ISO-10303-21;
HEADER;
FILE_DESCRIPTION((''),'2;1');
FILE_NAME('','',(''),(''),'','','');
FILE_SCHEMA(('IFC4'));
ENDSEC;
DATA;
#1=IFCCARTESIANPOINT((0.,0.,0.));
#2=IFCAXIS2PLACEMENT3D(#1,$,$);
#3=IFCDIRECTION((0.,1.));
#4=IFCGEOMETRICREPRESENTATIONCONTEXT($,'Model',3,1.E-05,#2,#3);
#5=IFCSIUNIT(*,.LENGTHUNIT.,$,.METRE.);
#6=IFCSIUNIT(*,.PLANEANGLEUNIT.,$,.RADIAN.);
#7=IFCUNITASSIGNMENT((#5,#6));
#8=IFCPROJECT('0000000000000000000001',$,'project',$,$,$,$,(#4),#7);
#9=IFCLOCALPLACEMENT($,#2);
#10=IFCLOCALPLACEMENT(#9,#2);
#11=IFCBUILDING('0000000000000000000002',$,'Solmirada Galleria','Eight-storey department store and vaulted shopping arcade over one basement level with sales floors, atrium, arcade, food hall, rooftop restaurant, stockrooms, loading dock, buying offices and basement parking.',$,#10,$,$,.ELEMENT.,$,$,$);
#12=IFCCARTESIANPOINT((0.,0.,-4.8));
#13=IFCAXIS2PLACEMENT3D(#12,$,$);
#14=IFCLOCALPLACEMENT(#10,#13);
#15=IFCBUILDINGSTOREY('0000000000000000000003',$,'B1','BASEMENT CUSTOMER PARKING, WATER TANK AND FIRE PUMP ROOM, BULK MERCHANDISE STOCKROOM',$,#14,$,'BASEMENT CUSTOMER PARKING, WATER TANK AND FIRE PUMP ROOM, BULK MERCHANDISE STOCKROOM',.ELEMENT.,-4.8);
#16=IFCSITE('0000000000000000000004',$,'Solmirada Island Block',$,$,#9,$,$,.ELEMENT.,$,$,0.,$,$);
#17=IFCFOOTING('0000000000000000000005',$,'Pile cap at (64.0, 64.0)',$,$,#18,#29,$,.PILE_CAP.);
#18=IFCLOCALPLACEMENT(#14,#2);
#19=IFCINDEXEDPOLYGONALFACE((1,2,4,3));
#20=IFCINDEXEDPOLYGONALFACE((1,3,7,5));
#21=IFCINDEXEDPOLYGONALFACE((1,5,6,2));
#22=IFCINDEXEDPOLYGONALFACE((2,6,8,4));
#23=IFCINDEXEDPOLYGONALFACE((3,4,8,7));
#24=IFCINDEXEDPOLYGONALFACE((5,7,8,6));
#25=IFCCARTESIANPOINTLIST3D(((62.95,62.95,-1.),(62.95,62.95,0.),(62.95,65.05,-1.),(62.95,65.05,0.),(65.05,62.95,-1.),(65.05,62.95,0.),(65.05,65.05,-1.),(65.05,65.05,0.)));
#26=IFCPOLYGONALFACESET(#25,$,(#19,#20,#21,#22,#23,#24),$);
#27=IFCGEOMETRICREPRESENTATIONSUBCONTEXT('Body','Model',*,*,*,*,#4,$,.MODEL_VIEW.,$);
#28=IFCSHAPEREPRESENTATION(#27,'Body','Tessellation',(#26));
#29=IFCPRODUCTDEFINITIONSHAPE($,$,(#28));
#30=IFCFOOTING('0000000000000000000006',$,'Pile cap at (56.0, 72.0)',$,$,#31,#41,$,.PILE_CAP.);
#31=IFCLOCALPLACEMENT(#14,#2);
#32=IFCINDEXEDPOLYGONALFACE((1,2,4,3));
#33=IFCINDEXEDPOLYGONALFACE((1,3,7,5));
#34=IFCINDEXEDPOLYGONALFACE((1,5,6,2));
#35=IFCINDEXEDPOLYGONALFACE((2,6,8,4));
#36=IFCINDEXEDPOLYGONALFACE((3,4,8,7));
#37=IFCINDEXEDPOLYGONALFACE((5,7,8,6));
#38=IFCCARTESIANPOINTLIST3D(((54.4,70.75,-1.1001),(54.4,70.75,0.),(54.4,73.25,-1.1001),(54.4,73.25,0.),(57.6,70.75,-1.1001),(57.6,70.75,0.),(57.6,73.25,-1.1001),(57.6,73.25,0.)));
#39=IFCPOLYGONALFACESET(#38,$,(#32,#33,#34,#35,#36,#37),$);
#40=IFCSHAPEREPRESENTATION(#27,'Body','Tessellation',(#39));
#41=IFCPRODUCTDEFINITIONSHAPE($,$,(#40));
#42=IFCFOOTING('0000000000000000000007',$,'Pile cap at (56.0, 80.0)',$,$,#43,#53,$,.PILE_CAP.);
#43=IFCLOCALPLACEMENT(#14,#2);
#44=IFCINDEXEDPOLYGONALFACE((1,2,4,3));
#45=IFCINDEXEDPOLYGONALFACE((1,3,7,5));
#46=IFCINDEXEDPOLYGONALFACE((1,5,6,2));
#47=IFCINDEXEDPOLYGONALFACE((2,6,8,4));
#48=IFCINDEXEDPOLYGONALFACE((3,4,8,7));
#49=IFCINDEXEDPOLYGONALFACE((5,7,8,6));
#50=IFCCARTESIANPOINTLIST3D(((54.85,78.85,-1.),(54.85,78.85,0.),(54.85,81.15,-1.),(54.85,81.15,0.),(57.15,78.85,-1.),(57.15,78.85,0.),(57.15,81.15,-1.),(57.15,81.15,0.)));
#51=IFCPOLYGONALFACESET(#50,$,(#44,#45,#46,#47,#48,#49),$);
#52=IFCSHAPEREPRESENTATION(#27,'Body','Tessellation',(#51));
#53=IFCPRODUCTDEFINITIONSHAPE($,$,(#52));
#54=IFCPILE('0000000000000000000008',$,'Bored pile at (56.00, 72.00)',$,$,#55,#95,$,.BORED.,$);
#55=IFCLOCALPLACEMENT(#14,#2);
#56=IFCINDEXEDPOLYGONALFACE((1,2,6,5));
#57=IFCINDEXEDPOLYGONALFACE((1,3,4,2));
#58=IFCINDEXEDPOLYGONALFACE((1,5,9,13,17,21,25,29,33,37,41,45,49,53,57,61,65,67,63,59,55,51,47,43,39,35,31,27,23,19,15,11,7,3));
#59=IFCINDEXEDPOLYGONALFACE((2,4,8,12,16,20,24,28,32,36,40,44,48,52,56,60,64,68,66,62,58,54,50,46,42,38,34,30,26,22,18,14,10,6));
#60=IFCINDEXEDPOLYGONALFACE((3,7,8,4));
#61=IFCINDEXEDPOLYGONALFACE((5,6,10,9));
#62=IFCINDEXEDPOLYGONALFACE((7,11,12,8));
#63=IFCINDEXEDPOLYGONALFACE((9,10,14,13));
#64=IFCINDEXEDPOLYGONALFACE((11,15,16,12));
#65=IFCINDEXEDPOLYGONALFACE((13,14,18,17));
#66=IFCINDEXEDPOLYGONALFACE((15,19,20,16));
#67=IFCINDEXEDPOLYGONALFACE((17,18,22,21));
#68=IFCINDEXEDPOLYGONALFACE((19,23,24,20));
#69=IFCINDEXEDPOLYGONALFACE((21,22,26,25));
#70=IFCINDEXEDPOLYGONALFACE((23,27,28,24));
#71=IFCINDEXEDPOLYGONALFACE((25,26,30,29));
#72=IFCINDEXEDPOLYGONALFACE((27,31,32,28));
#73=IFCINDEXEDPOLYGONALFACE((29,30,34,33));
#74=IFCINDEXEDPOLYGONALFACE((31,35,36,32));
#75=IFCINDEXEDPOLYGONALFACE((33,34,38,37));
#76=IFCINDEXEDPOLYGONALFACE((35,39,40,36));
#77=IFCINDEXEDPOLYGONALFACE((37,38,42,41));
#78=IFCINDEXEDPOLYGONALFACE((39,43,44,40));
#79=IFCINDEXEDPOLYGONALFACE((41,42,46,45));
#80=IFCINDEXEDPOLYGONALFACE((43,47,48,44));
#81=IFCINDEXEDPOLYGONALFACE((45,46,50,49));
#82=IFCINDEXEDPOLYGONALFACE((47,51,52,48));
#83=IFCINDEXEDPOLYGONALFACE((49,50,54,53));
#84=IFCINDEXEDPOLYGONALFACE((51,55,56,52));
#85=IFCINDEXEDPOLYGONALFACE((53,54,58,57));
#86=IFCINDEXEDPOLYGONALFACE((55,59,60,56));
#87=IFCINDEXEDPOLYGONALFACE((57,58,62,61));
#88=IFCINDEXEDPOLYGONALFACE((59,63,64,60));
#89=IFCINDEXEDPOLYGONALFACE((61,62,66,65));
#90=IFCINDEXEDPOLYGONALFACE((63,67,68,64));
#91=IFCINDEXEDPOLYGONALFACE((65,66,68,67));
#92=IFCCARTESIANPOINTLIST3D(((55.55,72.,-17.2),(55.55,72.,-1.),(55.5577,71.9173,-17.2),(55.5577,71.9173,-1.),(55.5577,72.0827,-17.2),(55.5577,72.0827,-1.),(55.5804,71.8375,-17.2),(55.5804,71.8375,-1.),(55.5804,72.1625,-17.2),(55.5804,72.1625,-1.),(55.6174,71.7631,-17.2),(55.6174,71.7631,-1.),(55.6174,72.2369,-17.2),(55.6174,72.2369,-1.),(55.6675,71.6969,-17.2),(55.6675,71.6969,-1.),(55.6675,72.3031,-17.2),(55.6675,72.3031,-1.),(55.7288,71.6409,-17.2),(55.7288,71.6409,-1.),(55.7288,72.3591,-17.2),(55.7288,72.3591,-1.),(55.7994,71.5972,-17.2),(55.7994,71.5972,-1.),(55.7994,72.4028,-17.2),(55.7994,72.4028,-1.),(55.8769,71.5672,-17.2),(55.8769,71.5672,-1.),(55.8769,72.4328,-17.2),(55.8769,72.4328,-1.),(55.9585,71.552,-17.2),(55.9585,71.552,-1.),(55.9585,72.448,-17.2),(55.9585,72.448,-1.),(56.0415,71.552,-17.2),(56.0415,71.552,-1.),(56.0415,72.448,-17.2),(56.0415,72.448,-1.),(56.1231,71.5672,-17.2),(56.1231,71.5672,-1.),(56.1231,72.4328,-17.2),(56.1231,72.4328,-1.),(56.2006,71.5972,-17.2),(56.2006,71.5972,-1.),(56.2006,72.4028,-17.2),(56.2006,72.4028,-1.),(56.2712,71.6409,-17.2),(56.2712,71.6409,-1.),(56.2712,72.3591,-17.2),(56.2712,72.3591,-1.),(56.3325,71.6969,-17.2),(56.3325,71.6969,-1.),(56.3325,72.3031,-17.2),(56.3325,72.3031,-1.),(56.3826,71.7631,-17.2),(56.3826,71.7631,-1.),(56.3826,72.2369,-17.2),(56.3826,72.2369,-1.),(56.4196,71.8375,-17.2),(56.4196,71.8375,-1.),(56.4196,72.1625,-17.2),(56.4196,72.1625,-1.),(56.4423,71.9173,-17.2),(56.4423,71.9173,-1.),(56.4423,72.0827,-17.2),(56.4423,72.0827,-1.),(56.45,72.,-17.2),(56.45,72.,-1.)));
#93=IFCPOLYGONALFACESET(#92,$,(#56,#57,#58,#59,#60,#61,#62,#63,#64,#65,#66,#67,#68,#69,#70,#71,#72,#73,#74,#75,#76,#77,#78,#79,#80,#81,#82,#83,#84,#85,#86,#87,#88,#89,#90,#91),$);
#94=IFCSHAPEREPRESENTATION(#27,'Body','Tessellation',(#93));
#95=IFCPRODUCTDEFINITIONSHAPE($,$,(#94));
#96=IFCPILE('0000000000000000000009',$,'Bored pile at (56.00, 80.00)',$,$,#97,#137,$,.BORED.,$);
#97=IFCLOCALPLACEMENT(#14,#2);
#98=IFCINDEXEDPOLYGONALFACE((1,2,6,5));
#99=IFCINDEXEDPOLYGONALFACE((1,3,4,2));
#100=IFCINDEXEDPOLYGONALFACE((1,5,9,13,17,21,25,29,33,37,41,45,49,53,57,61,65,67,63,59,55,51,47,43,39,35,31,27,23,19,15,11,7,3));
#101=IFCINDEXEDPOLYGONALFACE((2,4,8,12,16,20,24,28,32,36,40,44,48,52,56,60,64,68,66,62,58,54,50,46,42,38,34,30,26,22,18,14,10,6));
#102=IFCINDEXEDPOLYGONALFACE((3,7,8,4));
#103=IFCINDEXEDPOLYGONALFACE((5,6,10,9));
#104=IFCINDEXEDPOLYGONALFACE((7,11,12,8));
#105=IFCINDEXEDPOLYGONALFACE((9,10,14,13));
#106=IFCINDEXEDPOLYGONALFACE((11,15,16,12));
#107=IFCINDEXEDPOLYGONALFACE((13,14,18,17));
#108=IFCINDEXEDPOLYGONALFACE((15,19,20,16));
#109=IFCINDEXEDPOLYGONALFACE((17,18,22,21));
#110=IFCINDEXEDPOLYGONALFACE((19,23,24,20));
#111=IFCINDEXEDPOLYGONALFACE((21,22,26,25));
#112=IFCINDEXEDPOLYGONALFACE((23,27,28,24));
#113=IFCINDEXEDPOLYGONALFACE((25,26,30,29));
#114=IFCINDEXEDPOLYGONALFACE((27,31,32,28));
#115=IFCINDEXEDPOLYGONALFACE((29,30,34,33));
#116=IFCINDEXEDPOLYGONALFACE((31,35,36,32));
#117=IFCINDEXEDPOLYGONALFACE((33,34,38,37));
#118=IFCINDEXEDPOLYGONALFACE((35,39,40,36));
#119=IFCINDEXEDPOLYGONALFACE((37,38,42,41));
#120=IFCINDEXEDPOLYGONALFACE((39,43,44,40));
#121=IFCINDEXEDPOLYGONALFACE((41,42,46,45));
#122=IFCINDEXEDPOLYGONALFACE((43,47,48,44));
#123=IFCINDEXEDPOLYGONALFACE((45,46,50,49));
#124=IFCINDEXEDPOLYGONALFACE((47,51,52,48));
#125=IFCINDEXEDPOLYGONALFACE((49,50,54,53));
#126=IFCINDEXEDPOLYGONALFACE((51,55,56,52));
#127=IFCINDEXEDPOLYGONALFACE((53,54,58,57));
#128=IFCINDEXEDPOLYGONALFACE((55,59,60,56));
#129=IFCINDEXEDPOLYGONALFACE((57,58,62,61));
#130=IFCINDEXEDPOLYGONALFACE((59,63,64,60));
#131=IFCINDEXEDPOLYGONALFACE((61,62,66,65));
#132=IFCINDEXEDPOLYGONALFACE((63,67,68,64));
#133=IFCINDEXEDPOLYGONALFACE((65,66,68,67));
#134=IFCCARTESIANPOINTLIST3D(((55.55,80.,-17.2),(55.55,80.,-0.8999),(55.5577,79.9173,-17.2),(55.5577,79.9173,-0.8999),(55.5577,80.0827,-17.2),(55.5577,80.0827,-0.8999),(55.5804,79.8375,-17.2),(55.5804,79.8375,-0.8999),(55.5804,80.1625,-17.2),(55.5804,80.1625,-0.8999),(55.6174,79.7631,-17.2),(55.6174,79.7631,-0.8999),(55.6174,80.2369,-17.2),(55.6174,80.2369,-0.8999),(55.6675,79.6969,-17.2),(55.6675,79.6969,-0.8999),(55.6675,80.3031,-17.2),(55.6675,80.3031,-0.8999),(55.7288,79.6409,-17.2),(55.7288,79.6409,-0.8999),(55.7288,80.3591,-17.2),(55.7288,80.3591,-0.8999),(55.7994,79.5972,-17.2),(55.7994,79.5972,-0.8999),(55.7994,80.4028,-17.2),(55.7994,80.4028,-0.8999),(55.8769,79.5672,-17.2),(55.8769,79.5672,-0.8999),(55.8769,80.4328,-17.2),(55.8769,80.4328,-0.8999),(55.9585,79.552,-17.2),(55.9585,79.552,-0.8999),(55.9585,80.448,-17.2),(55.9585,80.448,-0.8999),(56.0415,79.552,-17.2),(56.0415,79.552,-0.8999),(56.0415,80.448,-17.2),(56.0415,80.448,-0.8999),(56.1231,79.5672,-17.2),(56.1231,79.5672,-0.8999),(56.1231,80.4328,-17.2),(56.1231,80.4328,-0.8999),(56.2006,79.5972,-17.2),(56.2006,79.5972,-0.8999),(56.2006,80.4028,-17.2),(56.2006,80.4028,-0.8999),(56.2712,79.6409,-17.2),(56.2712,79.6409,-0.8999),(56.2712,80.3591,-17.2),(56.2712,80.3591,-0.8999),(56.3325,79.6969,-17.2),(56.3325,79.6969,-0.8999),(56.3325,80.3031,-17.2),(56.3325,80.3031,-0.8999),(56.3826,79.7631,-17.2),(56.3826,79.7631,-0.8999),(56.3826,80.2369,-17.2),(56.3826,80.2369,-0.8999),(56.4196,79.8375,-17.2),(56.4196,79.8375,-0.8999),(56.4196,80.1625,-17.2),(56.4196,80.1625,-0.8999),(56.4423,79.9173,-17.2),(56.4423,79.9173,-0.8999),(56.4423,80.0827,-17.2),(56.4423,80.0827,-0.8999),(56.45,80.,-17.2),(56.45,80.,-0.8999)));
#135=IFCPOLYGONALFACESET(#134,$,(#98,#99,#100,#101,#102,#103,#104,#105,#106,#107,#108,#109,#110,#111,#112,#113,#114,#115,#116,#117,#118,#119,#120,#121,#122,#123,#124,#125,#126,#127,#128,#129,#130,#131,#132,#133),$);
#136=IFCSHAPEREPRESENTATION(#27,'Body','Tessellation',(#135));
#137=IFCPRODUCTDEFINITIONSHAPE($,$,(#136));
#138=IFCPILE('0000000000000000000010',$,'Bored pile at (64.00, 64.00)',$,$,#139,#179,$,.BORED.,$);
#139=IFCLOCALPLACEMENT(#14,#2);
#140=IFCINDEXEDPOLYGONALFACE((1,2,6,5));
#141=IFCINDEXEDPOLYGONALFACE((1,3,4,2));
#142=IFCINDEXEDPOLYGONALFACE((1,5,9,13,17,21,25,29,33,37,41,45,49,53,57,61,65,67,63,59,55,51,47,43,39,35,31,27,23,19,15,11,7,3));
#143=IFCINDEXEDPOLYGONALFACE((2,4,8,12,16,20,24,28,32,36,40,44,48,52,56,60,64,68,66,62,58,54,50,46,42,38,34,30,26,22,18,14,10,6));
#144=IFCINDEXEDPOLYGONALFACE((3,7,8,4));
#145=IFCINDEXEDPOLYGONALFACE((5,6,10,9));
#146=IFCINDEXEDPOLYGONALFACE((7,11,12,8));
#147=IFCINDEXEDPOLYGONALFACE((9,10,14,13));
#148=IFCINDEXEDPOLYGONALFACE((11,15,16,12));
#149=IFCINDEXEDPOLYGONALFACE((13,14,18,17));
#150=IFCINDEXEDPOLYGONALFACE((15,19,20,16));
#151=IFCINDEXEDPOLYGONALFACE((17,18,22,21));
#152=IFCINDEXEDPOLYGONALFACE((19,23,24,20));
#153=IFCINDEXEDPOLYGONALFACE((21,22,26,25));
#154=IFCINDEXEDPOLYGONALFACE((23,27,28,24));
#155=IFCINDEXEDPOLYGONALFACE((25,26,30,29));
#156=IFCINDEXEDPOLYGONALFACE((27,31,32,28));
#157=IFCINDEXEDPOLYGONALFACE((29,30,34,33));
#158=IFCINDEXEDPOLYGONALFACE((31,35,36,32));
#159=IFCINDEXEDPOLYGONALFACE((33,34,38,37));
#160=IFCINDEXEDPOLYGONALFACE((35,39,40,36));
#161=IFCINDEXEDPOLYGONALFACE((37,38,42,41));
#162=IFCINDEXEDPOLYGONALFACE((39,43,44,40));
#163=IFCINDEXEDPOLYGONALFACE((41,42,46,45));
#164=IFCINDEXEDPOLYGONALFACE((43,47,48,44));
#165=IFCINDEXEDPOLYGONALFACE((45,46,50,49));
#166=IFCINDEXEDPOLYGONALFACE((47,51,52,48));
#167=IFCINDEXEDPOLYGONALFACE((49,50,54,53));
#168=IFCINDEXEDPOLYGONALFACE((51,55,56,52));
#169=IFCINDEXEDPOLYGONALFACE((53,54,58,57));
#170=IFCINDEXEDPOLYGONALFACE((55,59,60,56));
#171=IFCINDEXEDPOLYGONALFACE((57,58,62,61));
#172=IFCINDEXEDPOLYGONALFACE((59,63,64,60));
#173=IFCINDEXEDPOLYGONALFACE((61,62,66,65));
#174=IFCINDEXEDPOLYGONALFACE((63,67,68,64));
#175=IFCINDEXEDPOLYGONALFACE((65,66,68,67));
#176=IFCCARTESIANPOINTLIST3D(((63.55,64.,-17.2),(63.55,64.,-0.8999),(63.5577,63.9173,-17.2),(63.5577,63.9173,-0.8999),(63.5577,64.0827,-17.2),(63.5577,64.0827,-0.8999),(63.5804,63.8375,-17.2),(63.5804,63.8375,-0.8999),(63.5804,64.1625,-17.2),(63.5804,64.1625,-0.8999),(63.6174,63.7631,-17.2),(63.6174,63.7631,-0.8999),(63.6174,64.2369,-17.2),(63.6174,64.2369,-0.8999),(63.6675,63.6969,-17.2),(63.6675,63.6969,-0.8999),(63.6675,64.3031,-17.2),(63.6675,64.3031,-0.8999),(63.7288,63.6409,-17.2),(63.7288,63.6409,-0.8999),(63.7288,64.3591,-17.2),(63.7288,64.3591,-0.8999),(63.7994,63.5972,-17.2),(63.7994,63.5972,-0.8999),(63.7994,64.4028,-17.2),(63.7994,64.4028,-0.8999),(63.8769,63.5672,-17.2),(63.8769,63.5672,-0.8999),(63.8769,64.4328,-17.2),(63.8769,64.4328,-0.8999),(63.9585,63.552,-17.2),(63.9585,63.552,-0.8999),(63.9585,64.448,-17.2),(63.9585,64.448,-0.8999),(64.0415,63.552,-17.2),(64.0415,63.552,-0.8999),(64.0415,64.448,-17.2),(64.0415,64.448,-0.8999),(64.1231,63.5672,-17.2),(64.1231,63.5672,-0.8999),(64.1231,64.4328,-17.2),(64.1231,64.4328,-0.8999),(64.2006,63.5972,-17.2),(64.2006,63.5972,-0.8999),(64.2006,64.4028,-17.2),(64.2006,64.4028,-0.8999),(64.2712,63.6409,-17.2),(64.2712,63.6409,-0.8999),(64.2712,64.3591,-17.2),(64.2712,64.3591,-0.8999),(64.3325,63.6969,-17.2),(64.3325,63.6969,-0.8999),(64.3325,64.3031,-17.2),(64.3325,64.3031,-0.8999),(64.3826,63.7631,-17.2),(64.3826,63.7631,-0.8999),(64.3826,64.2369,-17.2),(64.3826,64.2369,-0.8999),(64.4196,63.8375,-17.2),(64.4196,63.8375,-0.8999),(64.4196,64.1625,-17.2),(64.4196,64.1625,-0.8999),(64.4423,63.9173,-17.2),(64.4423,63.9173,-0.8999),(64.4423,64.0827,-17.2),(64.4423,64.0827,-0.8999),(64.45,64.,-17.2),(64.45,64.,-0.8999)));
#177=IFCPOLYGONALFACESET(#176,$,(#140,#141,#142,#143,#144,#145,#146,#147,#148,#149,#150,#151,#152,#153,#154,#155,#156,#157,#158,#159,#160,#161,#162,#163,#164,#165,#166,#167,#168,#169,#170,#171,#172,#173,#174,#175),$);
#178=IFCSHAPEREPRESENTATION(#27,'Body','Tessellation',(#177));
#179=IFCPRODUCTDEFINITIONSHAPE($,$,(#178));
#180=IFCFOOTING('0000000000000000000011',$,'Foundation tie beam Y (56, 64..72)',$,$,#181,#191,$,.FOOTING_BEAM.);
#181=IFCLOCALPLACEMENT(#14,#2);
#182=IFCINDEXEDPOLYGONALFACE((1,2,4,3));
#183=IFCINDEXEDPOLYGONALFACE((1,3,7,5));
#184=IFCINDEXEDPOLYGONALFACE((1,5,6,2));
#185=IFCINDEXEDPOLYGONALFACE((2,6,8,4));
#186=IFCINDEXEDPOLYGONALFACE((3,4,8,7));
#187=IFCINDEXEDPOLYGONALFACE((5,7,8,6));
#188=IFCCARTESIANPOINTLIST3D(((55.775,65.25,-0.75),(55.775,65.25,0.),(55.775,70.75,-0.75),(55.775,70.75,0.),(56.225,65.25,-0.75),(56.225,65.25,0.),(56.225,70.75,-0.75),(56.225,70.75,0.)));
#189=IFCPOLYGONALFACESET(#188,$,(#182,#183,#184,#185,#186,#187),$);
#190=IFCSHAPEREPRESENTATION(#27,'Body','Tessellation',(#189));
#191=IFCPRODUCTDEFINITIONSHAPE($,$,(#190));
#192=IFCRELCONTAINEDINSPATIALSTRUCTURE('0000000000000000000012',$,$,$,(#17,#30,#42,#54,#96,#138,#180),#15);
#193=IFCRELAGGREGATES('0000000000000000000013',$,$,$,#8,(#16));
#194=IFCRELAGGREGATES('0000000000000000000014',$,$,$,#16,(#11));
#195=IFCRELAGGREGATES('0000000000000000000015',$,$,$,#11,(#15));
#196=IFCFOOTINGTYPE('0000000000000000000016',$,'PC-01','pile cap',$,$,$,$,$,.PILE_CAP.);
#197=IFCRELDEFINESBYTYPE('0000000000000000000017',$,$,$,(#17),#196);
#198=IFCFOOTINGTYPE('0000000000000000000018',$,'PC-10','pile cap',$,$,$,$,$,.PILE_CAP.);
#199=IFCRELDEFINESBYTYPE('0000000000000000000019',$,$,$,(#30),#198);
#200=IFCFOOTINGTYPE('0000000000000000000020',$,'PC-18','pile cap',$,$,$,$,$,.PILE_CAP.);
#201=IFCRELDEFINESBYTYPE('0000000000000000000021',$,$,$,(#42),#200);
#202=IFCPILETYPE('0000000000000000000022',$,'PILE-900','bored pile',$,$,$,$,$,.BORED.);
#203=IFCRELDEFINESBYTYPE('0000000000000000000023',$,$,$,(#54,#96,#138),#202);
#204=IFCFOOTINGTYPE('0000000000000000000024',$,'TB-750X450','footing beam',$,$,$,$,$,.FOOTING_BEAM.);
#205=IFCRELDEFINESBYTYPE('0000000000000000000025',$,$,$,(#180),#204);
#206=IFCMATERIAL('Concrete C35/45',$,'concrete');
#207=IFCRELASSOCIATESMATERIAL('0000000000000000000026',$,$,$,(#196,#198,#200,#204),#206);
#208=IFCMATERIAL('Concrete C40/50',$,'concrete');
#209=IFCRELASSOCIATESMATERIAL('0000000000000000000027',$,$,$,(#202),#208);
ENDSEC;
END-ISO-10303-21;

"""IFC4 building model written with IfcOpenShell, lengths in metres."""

from ifc_helpers import new_model, si_unit, direction, frame, origin, origin_2d, place, context, subcontext, project, spatial, rectangle, circle, extrude, material, material_profile, profile_set, type_object, element, save


model = new_model("IFC4")

# Units and contexts
model_context = context("Model", 3, precision=1e-05, world=origin(), true_north=direction((0.0, 1.0)))
body_context = subcontext(model_context, "Body", "Model", "MODEL_VIEW")
ifc_project = project(units=[si_unit("LENGTHUNIT", "METRE"), si_unit("PLANEANGLEUNIT", "RADIAN")], contexts=[model_context])

# Site, building, storey
site_placement = place(None, origin())
site = spatial("IfcSite", under=ifc_project, at=site_placement, Name="Solmirada Island Block", CompositionType="ELEMENT", RefElevation=0.0)
building_placement = place(site_placement, origin())
building = spatial("IfcBuilding", under=site, at=building_placement, Name="Solmirada Galleria", Description="Eight-storey department store and vaulted shopping arcade over one basement level with sales floors, atrium, arcade, food hall, rooftop restaurant, stockrooms, loading dock, buying offices and basement parking.", CompositionType="ELEMENT")
storey_placement = place(building_placement, frame((0.0, 0.0, -4.8)))
storey = spatial("IfcBuildingStorey", under=building, at=storey_placement, Name="B1", Description="BASEMENT CUSTOMER PARKING, WATER TANK AND FIRE PUMP ROOM, BULK MERCHANDISE STOCKROOM", LongName="BASEMENT CUSTOMER PARKING, WATER TANK AND FIRE PUMP ROOM, BULK MERCHANDISE STOCKROOM", CompositionType="ELEMENT", Elevation=-4.8)

# Footings
ifc_material_1 = material(Name="Concrete C35/45", Category="concrete")
footing_type_1 = type_object("IfcFootingType", Name="PC-01", Description="pile cap", PredefinedType="PILE_CAP", material=ifc_material_1)
footing_1_placement = place(storey_placement, frame((64.0, 64.0, -1.0), z_axis=(0.0, 0.0, 1.0), x_axis=(1.0, 0.0, 0.0)))
element("IfcFooting", 1, at=footing_1_placement, inside=storey, type_object=footing_type_1, Name="Pile cap at (64.0, 64.0)", PredefinedType="PILE_CAP", context=body_context, shape_type="SweptSolid", body=[
    extrude(rectangle(XDim=2.1001, YDim=2.1001, at=origin_2d()), origin(), (0.0, 0.0, 1.0), 1.0),
])
footing_type_2 = type_object("IfcFootingType", Name="PC-10", Description="pile cap", PredefinedType="PILE_CAP", material=ifc_material_1)
footing_2_placement = place(storey_placement, frame((56.0, 72.0, -1.1001), z_axis=(0.0, 0.0, 1.0), x_axis=(1.0, 0.0, 0.0)))
element("IfcFooting", 2, at=footing_2_placement, inside=storey, type_object=footing_type_2, Name="Pile cap at (56.0, 72.0)", PredefinedType="PILE_CAP", context=body_context, shape_type="SweptSolid", body=[
    extrude(rectangle(XDim=3.2, YDim=2.5, at=origin_2d()), origin(), (0.0, 0.0, 1.0), 1.1001),
])
footing_type_3 = type_object("IfcFootingType", Name="PC-18", Description="pile cap", PredefinedType="PILE_CAP", material=ifc_material_1)
footing_3_placement = place(storey_placement, frame((56.0, 80.0, -1.0), z_axis=(0.0, 0.0, 1.0), x_axis=(1.0, 0.0, 0.0)))
element("IfcFooting", 3, at=footing_3_placement, inside=storey, type_object=footing_type_3, Name="Pile cap at (56.0, 80.0)", PredefinedType="PILE_CAP", context=body_context, shape_type="SweptSolid", body=[
    extrude(rectangle(XDim=2.3, YDim=2.3, at=origin_2d()), origin(), (0.0, 0.0, 1.0), 1.0),
])

# Piles
ifc_material_2 = material(Name="Concrete C40/50", Category="concrete")
ifc_material_profile_1 = material_profile(ifc_material_2, circle(Radius=0.45, at=origin_2d()), Name="PILE900")
ifc_profile_set_1 = profile_set([ifc_material_profile_1], Name="Concrete C40/50")
pile_type = type_object("IfcPileType", Name="PILE-900", Description="bored pile", PredefinedType="BORED", material=ifc_profile_set_1)
pile_placement = place(storey_placement, frame((56.0, 72.0, -1.0), z_axis=(0.0, 0.0, -1.0), x_axis=(1.0, 0.0, 0.0)))
element("IfcPile", 4, at=pile_placement, inside=storey, type_object=pile_type, Name="Bored pile at (56.00, 72.00)", PredefinedType="BORED", context=body_context, shape_type="SweptSolid", body=[
    extrude(circle(Radius=0.45, at=origin_2d()), origin(), (0.0, 0.0, 1.0), 16.2),
])
for number, where, z_axis, x_axis, name in (
    (5, (56.0, 80.0, -0.8999), (0.0, 0.0, -1.0), (1.0, 0.0, 0.0), "Bored pile at (56.00, 80.00)"),
    (6, (64.0, 64.0, -0.8999), (0.0, 0.0, -1.0), (1.0, 0.0, 0.0), "Bored pile at (64.00, 64.00)"),
):
    element("IfcPile", number, at=place(storey_placement, frame(where, z_axis=z_axis, x_axis=x_axis)), inside=storey, type_object=pile_type, Name=name, PredefinedType="BORED", context=body_context, shape_type="SweptSolid", body=[
        extrude(circle(Radius=0.45, at=origin_2d()), origin(), (0.0, 0.0, 1.0), 16.3),
    ])

# Footing
ifc_material_profile_2 = material_profile(ifc_material_1, rectangle(XDim=0.45, YDim=0.75, at=origin_2d()), Name="RC750X450")
ifc_profile_set_2 = profile_set([ifc_material_profile_2], Name="Concrete C35/45")
footing_type_4 = type_object("IfcFootingType", Name="TB-750X450", Description="footing beam", PredefinedType="FOOTING_BEAM", material=ifc_profile_set_2)
footing_4_placement = place(storey_placement, frame((56.0, 65.25, -0.375), z_axis=(0.0, 1.0, 0.0), x_axis=(-1.0, 0.0, 0.0)))
element("IfcFooting", 7, at=footing_4_placement, inside=storey, type_object=footing_type_4, Name="Foundation tie beam Y (56, 64..72)", PredefinedType="FOOTING_BEAM", context=body_context, shape_type="SweptSolid", body=[
    extrude(rectangle(XDim=0.45, YDim=0.75, at=origin_2d()), origin(), (0.0, 0.0, 1.0), 5.5),
])

save(model, "model.ifc")
